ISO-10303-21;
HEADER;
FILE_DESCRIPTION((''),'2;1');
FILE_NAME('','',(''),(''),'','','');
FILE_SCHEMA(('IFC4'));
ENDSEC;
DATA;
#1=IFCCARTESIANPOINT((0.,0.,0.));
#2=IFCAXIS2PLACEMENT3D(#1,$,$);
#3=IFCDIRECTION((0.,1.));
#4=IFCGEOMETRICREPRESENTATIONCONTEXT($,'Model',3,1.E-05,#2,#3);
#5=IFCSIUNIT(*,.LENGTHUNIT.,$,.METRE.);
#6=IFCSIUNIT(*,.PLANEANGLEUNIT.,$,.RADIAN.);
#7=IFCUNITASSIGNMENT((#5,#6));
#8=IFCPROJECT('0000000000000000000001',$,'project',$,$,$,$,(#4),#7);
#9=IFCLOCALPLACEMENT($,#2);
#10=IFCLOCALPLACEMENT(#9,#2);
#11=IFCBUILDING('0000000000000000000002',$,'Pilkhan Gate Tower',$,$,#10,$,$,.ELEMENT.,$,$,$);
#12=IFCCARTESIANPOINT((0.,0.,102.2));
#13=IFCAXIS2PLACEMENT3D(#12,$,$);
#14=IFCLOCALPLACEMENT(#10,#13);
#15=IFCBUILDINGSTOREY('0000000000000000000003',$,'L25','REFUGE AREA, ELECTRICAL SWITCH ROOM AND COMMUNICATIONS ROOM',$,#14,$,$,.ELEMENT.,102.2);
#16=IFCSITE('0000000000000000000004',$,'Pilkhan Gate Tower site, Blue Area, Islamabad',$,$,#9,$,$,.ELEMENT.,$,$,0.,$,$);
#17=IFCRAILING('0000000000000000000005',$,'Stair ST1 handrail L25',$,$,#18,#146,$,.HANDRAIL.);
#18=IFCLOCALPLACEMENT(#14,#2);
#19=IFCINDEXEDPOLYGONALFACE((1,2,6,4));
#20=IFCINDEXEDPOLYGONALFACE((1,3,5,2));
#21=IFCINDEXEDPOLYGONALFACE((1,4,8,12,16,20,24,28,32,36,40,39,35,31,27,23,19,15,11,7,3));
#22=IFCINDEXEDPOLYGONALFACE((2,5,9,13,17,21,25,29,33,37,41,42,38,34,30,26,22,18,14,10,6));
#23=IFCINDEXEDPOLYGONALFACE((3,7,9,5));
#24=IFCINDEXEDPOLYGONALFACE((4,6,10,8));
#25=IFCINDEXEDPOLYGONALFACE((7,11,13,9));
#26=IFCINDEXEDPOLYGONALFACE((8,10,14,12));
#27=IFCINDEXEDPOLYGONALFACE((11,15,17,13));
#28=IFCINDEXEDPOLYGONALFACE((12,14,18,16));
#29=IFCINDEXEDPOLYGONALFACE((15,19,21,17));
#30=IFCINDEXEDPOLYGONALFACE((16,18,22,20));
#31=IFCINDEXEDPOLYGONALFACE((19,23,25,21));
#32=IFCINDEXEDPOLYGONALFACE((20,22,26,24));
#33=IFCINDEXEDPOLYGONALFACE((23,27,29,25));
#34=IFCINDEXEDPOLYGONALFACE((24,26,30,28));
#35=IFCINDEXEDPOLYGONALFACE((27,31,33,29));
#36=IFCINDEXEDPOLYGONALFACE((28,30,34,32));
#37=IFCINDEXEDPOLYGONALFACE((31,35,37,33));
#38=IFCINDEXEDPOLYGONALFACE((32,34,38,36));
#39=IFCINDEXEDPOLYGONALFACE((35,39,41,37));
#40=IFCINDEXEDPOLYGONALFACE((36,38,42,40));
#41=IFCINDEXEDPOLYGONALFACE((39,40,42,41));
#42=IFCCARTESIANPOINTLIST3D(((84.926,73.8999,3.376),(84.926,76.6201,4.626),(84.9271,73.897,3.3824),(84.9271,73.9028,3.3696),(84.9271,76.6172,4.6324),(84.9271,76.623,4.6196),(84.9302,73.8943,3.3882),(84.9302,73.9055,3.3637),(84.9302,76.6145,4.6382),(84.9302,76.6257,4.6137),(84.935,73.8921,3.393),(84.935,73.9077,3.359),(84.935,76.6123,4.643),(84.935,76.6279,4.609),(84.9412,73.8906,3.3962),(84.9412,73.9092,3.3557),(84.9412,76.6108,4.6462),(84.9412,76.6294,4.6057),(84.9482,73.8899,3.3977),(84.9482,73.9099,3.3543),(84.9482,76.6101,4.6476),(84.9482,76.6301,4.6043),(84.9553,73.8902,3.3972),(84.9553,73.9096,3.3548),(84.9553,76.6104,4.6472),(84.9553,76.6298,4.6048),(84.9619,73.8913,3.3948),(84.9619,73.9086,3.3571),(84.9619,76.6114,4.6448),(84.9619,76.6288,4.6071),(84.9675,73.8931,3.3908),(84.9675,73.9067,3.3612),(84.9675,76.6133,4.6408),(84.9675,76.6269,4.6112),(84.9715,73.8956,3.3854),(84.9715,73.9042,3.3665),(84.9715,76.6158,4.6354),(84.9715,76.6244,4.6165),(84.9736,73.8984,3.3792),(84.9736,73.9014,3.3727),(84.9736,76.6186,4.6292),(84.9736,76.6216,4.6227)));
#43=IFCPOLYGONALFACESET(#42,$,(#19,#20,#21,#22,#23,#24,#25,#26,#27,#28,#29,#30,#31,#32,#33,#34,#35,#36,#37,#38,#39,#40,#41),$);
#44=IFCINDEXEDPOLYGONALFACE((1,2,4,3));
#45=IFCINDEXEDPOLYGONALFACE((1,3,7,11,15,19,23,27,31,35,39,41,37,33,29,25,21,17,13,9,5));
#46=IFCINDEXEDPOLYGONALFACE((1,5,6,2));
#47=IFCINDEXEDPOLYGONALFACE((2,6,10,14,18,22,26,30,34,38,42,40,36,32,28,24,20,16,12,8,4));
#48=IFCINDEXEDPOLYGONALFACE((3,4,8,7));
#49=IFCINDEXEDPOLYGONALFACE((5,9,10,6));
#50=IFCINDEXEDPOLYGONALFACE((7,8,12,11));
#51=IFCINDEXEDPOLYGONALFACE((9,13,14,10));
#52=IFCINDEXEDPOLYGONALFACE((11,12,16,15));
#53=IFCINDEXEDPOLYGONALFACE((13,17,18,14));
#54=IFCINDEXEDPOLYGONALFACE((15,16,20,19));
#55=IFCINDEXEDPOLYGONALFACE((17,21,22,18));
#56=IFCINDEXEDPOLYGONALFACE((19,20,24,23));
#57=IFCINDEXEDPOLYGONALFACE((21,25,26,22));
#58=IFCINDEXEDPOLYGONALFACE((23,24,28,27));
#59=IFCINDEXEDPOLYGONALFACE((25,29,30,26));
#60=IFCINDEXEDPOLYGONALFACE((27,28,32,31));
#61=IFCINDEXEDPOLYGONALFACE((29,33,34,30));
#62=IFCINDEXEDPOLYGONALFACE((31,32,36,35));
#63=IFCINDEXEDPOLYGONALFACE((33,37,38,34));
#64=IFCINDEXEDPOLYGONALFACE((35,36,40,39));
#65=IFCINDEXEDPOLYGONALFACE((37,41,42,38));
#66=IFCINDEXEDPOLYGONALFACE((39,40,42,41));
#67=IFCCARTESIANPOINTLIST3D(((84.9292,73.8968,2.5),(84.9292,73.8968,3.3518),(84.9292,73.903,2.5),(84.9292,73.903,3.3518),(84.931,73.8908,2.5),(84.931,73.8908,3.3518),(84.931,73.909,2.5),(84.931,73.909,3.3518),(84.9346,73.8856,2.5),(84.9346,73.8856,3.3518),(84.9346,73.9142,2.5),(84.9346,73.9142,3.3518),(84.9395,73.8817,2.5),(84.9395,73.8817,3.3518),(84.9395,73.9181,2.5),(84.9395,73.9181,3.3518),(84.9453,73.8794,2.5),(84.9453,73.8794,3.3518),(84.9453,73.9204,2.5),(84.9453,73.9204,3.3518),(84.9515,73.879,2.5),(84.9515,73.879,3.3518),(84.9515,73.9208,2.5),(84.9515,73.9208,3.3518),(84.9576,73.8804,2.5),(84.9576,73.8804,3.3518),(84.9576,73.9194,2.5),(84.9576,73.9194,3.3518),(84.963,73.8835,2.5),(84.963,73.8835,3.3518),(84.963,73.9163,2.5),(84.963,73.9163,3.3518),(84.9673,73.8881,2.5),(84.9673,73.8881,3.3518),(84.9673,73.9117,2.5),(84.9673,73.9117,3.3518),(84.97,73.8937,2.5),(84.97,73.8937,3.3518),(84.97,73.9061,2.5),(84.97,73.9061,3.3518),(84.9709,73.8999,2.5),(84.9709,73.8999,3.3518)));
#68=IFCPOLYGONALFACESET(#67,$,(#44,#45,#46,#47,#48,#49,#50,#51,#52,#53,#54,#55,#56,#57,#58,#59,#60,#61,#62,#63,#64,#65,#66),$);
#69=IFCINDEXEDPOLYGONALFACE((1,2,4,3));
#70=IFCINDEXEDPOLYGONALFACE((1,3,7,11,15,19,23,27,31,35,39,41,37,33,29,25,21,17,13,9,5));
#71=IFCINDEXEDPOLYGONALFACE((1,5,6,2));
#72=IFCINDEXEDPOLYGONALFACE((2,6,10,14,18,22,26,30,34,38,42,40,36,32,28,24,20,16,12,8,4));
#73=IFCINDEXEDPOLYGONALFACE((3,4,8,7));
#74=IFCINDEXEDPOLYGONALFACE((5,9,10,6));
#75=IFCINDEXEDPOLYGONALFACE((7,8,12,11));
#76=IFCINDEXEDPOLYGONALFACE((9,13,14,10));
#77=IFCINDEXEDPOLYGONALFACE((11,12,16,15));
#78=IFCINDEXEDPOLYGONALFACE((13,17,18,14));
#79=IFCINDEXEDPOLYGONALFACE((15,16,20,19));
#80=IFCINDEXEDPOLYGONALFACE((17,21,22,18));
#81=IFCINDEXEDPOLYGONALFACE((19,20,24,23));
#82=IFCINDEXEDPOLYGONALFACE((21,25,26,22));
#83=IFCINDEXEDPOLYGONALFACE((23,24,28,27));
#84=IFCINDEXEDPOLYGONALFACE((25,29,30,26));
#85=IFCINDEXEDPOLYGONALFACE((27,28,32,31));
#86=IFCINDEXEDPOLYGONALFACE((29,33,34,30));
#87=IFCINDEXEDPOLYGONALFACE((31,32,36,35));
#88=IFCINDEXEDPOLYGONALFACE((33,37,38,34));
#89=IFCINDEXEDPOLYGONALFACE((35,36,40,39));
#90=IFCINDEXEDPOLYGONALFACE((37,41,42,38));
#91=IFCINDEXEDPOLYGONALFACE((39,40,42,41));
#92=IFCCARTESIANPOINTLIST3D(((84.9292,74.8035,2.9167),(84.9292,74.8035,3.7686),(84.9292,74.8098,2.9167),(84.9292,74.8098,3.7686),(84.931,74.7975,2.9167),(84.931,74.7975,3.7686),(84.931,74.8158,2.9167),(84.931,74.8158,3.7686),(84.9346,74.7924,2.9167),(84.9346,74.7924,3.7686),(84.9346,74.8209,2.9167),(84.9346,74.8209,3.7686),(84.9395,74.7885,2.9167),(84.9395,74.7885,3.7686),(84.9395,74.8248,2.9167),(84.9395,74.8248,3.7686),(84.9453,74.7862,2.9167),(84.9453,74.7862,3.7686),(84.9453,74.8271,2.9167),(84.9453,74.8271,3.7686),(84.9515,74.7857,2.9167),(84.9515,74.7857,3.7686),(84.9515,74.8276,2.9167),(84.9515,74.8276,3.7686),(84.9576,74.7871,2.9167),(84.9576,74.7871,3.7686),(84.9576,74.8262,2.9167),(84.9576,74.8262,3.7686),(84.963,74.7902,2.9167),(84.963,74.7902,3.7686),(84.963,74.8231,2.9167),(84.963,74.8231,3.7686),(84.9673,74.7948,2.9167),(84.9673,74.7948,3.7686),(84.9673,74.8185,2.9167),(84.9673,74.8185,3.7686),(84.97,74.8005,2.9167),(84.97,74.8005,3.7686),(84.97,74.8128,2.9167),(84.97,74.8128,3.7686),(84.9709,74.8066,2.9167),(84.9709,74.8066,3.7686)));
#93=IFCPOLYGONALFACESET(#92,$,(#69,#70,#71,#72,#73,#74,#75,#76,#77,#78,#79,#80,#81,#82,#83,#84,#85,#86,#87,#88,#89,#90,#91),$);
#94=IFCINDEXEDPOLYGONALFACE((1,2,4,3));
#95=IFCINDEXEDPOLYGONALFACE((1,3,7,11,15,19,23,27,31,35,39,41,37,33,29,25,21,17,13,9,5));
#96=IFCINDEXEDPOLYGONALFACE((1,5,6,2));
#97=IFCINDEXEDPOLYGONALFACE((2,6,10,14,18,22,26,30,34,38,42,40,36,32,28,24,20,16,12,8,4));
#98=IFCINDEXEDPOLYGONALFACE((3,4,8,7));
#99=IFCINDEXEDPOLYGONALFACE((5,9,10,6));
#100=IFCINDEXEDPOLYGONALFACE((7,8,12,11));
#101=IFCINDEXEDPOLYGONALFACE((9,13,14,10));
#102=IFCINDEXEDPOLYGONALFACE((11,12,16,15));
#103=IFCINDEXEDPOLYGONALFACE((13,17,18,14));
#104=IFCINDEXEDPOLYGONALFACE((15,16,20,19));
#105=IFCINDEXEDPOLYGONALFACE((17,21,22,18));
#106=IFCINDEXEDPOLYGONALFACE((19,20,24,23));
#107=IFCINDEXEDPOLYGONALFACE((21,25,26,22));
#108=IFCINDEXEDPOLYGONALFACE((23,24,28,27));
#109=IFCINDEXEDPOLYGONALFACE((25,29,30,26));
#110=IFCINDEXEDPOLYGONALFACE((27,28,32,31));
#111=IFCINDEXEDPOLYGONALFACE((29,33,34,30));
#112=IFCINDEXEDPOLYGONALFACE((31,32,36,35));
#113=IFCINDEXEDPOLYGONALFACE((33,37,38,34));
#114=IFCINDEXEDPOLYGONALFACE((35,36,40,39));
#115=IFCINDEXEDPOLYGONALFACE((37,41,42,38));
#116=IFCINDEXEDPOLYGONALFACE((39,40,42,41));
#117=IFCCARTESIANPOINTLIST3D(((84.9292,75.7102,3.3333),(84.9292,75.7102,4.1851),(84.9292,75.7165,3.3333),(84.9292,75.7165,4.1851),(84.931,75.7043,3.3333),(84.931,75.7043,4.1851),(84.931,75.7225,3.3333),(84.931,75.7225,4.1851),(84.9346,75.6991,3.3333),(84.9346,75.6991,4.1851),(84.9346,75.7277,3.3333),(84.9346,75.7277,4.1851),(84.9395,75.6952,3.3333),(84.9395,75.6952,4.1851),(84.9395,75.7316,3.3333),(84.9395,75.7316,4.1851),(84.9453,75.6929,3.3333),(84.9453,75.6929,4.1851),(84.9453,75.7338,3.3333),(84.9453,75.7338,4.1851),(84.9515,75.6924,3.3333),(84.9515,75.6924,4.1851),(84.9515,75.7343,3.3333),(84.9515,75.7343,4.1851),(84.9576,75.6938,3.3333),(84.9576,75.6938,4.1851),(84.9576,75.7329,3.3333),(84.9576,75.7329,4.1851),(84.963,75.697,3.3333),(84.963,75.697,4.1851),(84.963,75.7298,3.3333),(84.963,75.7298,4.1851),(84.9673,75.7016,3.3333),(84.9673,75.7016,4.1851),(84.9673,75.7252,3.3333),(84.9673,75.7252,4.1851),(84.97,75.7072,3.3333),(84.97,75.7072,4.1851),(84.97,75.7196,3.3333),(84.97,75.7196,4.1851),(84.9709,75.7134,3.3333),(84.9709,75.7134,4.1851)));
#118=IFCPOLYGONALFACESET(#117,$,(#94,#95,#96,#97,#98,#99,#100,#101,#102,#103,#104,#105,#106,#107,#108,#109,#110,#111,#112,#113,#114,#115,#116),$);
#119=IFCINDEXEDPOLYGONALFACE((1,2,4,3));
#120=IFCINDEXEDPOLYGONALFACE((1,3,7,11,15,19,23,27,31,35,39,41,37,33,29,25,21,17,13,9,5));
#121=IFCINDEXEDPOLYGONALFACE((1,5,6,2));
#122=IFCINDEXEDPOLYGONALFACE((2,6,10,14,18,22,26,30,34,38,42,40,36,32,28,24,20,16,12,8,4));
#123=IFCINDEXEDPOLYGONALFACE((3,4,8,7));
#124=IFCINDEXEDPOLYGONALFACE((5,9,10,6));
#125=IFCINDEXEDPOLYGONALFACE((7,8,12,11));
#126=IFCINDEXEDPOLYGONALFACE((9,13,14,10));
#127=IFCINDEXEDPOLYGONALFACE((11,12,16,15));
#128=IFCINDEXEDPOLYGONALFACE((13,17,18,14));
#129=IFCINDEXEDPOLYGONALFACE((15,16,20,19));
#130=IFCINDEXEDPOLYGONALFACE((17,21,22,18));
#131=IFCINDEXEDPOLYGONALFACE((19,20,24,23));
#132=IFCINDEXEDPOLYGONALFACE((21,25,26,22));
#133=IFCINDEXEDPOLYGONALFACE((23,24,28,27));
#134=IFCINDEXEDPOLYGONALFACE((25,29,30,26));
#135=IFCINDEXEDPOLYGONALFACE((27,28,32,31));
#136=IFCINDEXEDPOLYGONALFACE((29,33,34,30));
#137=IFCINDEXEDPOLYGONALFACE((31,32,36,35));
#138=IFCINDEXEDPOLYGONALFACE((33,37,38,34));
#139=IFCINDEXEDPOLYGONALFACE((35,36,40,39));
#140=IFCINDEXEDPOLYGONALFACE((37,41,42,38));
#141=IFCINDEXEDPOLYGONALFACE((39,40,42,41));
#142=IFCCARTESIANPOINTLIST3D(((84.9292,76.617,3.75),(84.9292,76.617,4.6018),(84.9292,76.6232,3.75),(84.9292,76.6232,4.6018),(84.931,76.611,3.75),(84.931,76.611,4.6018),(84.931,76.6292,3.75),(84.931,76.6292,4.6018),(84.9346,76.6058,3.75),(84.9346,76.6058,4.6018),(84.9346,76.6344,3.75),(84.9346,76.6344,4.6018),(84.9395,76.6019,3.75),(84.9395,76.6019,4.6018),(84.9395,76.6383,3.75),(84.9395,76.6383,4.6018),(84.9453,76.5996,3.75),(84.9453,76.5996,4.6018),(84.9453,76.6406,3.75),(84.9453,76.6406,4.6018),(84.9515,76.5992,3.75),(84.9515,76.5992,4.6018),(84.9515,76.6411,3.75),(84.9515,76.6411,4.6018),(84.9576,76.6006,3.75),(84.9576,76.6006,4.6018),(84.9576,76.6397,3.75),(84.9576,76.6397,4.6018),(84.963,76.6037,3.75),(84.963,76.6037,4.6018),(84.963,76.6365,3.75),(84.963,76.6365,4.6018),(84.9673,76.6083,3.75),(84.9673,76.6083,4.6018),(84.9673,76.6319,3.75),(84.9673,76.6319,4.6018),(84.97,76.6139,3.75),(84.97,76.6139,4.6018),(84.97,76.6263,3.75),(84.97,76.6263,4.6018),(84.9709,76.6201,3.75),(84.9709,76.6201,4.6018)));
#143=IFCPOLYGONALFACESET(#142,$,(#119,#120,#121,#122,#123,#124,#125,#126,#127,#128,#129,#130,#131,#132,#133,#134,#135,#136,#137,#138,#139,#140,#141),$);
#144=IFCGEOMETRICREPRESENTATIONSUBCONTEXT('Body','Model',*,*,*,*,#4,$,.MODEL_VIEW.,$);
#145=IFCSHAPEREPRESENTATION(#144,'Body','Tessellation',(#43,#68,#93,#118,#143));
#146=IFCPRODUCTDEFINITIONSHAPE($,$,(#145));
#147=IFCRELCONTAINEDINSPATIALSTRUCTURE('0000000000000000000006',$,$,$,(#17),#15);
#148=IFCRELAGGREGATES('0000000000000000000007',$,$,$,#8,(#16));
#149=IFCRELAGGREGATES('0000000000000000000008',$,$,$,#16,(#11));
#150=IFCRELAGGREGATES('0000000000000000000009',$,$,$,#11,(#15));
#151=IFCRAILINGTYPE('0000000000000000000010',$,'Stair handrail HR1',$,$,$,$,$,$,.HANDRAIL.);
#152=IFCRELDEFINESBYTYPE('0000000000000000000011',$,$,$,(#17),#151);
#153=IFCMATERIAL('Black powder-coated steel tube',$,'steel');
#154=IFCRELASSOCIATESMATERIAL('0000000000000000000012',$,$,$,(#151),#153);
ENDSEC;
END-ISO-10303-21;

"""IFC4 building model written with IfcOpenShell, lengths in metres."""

from ifc_helpers import new_model, si_unit, direction, frame, origin, origin_2d, place, context, subcontext, project, spatial, circle, extrude, material, type_object, element, save


model = new_model("IFC4")

# Units and contexts
model_context = context("Model", 3, precision=1e-05, world=origin(), true_north=direction((0.0, 1.0)))
body_context = subcontext(model_context, "Body", "Model", "MODEL_VIEW")
ifc_project = project(units=[si_unit("LENGTHUNIT", "METRE"), si_unit("PLANEANGLEUNIT", "RADIAN")], contexts=[model_context])

# Site, building, storey
site_placement = place(None, origin())
site = spatial("IfcSite", under=ifc_project, at=site_placement, Name="Pilkhan Gate Tower site, Blue Area, Islamabad", CompositionType="ELEMENT", RefElevation=0.0)
building_placement = place(site_placement, origin())
building = spatial("IfcBuilding", under=site, at=building_placement, Name="Pilkhan Gate Tower", CompositionType="ELEMENT")
storey_placement = place(building_placement, frame((0.0, 0.0, 102.2)))
storey = spatial("IfcBuildingStorey", under=building, at=storey_placement, Name="L25", Description="REFUGE AREA, ELECTRICAL SWITCH ROOM AND COMMUNICATIONS ROOM", CompositionType="ELEMENT", Elevation=102.2)

# Railing
ifc_material_1 = material(Name="Black powder-coated steel tube", Category="steel")
railing_type_1 = type_object("IfcRailingType", Name="Stair handrail HR1", PredefinedType="HANDRAIL", material=ifc_material_1)
railing_1_placement = place(storey_placement, frame((84.95, 73.8999, 2.5)))
element("IfcRailing", 1, at=railing_1_placement, inside=storey, type_object=railing_type_1, Name="Stair ST1 handrail L25", PredefinedType="HANDRAIL", context=body_context, shape_type="SweptSolid", body=[
    extrude(circle(Radius=0.0239, at=origin_2d()), frame((0.0, 0.0, 0.876), z_axis=(0.0, 0.908655, 0.417547), x_axis=(-1.0, 0.0, 0.0)), (0.0, 0.0, 1.0), 2.9937),
    extrude(circle(Radius=0.021, at=origin_2d()), origin(), (0.0, 0.0, 1.0), 0.8518),
    extrude(circle(Radius=0.021, at=origin_2d()), frame((0.0, 0.9067, 0.4167)), (0.0, 0.0, 1.0), 0.8518),
    extrude(circle(Radius=0.021, at=origin_2d()), frame((0.0, 1.8135, 0.8333)), (0.0, 0.0, 1.0), 0.8518),
    extrude(circle(Radius=0.021, at=origin_2d()), frame((0.0, 2.7202, 1.25)), (0.0, 0.0, 1.0), 0.8518),
])

save(model, "model.ifc")
